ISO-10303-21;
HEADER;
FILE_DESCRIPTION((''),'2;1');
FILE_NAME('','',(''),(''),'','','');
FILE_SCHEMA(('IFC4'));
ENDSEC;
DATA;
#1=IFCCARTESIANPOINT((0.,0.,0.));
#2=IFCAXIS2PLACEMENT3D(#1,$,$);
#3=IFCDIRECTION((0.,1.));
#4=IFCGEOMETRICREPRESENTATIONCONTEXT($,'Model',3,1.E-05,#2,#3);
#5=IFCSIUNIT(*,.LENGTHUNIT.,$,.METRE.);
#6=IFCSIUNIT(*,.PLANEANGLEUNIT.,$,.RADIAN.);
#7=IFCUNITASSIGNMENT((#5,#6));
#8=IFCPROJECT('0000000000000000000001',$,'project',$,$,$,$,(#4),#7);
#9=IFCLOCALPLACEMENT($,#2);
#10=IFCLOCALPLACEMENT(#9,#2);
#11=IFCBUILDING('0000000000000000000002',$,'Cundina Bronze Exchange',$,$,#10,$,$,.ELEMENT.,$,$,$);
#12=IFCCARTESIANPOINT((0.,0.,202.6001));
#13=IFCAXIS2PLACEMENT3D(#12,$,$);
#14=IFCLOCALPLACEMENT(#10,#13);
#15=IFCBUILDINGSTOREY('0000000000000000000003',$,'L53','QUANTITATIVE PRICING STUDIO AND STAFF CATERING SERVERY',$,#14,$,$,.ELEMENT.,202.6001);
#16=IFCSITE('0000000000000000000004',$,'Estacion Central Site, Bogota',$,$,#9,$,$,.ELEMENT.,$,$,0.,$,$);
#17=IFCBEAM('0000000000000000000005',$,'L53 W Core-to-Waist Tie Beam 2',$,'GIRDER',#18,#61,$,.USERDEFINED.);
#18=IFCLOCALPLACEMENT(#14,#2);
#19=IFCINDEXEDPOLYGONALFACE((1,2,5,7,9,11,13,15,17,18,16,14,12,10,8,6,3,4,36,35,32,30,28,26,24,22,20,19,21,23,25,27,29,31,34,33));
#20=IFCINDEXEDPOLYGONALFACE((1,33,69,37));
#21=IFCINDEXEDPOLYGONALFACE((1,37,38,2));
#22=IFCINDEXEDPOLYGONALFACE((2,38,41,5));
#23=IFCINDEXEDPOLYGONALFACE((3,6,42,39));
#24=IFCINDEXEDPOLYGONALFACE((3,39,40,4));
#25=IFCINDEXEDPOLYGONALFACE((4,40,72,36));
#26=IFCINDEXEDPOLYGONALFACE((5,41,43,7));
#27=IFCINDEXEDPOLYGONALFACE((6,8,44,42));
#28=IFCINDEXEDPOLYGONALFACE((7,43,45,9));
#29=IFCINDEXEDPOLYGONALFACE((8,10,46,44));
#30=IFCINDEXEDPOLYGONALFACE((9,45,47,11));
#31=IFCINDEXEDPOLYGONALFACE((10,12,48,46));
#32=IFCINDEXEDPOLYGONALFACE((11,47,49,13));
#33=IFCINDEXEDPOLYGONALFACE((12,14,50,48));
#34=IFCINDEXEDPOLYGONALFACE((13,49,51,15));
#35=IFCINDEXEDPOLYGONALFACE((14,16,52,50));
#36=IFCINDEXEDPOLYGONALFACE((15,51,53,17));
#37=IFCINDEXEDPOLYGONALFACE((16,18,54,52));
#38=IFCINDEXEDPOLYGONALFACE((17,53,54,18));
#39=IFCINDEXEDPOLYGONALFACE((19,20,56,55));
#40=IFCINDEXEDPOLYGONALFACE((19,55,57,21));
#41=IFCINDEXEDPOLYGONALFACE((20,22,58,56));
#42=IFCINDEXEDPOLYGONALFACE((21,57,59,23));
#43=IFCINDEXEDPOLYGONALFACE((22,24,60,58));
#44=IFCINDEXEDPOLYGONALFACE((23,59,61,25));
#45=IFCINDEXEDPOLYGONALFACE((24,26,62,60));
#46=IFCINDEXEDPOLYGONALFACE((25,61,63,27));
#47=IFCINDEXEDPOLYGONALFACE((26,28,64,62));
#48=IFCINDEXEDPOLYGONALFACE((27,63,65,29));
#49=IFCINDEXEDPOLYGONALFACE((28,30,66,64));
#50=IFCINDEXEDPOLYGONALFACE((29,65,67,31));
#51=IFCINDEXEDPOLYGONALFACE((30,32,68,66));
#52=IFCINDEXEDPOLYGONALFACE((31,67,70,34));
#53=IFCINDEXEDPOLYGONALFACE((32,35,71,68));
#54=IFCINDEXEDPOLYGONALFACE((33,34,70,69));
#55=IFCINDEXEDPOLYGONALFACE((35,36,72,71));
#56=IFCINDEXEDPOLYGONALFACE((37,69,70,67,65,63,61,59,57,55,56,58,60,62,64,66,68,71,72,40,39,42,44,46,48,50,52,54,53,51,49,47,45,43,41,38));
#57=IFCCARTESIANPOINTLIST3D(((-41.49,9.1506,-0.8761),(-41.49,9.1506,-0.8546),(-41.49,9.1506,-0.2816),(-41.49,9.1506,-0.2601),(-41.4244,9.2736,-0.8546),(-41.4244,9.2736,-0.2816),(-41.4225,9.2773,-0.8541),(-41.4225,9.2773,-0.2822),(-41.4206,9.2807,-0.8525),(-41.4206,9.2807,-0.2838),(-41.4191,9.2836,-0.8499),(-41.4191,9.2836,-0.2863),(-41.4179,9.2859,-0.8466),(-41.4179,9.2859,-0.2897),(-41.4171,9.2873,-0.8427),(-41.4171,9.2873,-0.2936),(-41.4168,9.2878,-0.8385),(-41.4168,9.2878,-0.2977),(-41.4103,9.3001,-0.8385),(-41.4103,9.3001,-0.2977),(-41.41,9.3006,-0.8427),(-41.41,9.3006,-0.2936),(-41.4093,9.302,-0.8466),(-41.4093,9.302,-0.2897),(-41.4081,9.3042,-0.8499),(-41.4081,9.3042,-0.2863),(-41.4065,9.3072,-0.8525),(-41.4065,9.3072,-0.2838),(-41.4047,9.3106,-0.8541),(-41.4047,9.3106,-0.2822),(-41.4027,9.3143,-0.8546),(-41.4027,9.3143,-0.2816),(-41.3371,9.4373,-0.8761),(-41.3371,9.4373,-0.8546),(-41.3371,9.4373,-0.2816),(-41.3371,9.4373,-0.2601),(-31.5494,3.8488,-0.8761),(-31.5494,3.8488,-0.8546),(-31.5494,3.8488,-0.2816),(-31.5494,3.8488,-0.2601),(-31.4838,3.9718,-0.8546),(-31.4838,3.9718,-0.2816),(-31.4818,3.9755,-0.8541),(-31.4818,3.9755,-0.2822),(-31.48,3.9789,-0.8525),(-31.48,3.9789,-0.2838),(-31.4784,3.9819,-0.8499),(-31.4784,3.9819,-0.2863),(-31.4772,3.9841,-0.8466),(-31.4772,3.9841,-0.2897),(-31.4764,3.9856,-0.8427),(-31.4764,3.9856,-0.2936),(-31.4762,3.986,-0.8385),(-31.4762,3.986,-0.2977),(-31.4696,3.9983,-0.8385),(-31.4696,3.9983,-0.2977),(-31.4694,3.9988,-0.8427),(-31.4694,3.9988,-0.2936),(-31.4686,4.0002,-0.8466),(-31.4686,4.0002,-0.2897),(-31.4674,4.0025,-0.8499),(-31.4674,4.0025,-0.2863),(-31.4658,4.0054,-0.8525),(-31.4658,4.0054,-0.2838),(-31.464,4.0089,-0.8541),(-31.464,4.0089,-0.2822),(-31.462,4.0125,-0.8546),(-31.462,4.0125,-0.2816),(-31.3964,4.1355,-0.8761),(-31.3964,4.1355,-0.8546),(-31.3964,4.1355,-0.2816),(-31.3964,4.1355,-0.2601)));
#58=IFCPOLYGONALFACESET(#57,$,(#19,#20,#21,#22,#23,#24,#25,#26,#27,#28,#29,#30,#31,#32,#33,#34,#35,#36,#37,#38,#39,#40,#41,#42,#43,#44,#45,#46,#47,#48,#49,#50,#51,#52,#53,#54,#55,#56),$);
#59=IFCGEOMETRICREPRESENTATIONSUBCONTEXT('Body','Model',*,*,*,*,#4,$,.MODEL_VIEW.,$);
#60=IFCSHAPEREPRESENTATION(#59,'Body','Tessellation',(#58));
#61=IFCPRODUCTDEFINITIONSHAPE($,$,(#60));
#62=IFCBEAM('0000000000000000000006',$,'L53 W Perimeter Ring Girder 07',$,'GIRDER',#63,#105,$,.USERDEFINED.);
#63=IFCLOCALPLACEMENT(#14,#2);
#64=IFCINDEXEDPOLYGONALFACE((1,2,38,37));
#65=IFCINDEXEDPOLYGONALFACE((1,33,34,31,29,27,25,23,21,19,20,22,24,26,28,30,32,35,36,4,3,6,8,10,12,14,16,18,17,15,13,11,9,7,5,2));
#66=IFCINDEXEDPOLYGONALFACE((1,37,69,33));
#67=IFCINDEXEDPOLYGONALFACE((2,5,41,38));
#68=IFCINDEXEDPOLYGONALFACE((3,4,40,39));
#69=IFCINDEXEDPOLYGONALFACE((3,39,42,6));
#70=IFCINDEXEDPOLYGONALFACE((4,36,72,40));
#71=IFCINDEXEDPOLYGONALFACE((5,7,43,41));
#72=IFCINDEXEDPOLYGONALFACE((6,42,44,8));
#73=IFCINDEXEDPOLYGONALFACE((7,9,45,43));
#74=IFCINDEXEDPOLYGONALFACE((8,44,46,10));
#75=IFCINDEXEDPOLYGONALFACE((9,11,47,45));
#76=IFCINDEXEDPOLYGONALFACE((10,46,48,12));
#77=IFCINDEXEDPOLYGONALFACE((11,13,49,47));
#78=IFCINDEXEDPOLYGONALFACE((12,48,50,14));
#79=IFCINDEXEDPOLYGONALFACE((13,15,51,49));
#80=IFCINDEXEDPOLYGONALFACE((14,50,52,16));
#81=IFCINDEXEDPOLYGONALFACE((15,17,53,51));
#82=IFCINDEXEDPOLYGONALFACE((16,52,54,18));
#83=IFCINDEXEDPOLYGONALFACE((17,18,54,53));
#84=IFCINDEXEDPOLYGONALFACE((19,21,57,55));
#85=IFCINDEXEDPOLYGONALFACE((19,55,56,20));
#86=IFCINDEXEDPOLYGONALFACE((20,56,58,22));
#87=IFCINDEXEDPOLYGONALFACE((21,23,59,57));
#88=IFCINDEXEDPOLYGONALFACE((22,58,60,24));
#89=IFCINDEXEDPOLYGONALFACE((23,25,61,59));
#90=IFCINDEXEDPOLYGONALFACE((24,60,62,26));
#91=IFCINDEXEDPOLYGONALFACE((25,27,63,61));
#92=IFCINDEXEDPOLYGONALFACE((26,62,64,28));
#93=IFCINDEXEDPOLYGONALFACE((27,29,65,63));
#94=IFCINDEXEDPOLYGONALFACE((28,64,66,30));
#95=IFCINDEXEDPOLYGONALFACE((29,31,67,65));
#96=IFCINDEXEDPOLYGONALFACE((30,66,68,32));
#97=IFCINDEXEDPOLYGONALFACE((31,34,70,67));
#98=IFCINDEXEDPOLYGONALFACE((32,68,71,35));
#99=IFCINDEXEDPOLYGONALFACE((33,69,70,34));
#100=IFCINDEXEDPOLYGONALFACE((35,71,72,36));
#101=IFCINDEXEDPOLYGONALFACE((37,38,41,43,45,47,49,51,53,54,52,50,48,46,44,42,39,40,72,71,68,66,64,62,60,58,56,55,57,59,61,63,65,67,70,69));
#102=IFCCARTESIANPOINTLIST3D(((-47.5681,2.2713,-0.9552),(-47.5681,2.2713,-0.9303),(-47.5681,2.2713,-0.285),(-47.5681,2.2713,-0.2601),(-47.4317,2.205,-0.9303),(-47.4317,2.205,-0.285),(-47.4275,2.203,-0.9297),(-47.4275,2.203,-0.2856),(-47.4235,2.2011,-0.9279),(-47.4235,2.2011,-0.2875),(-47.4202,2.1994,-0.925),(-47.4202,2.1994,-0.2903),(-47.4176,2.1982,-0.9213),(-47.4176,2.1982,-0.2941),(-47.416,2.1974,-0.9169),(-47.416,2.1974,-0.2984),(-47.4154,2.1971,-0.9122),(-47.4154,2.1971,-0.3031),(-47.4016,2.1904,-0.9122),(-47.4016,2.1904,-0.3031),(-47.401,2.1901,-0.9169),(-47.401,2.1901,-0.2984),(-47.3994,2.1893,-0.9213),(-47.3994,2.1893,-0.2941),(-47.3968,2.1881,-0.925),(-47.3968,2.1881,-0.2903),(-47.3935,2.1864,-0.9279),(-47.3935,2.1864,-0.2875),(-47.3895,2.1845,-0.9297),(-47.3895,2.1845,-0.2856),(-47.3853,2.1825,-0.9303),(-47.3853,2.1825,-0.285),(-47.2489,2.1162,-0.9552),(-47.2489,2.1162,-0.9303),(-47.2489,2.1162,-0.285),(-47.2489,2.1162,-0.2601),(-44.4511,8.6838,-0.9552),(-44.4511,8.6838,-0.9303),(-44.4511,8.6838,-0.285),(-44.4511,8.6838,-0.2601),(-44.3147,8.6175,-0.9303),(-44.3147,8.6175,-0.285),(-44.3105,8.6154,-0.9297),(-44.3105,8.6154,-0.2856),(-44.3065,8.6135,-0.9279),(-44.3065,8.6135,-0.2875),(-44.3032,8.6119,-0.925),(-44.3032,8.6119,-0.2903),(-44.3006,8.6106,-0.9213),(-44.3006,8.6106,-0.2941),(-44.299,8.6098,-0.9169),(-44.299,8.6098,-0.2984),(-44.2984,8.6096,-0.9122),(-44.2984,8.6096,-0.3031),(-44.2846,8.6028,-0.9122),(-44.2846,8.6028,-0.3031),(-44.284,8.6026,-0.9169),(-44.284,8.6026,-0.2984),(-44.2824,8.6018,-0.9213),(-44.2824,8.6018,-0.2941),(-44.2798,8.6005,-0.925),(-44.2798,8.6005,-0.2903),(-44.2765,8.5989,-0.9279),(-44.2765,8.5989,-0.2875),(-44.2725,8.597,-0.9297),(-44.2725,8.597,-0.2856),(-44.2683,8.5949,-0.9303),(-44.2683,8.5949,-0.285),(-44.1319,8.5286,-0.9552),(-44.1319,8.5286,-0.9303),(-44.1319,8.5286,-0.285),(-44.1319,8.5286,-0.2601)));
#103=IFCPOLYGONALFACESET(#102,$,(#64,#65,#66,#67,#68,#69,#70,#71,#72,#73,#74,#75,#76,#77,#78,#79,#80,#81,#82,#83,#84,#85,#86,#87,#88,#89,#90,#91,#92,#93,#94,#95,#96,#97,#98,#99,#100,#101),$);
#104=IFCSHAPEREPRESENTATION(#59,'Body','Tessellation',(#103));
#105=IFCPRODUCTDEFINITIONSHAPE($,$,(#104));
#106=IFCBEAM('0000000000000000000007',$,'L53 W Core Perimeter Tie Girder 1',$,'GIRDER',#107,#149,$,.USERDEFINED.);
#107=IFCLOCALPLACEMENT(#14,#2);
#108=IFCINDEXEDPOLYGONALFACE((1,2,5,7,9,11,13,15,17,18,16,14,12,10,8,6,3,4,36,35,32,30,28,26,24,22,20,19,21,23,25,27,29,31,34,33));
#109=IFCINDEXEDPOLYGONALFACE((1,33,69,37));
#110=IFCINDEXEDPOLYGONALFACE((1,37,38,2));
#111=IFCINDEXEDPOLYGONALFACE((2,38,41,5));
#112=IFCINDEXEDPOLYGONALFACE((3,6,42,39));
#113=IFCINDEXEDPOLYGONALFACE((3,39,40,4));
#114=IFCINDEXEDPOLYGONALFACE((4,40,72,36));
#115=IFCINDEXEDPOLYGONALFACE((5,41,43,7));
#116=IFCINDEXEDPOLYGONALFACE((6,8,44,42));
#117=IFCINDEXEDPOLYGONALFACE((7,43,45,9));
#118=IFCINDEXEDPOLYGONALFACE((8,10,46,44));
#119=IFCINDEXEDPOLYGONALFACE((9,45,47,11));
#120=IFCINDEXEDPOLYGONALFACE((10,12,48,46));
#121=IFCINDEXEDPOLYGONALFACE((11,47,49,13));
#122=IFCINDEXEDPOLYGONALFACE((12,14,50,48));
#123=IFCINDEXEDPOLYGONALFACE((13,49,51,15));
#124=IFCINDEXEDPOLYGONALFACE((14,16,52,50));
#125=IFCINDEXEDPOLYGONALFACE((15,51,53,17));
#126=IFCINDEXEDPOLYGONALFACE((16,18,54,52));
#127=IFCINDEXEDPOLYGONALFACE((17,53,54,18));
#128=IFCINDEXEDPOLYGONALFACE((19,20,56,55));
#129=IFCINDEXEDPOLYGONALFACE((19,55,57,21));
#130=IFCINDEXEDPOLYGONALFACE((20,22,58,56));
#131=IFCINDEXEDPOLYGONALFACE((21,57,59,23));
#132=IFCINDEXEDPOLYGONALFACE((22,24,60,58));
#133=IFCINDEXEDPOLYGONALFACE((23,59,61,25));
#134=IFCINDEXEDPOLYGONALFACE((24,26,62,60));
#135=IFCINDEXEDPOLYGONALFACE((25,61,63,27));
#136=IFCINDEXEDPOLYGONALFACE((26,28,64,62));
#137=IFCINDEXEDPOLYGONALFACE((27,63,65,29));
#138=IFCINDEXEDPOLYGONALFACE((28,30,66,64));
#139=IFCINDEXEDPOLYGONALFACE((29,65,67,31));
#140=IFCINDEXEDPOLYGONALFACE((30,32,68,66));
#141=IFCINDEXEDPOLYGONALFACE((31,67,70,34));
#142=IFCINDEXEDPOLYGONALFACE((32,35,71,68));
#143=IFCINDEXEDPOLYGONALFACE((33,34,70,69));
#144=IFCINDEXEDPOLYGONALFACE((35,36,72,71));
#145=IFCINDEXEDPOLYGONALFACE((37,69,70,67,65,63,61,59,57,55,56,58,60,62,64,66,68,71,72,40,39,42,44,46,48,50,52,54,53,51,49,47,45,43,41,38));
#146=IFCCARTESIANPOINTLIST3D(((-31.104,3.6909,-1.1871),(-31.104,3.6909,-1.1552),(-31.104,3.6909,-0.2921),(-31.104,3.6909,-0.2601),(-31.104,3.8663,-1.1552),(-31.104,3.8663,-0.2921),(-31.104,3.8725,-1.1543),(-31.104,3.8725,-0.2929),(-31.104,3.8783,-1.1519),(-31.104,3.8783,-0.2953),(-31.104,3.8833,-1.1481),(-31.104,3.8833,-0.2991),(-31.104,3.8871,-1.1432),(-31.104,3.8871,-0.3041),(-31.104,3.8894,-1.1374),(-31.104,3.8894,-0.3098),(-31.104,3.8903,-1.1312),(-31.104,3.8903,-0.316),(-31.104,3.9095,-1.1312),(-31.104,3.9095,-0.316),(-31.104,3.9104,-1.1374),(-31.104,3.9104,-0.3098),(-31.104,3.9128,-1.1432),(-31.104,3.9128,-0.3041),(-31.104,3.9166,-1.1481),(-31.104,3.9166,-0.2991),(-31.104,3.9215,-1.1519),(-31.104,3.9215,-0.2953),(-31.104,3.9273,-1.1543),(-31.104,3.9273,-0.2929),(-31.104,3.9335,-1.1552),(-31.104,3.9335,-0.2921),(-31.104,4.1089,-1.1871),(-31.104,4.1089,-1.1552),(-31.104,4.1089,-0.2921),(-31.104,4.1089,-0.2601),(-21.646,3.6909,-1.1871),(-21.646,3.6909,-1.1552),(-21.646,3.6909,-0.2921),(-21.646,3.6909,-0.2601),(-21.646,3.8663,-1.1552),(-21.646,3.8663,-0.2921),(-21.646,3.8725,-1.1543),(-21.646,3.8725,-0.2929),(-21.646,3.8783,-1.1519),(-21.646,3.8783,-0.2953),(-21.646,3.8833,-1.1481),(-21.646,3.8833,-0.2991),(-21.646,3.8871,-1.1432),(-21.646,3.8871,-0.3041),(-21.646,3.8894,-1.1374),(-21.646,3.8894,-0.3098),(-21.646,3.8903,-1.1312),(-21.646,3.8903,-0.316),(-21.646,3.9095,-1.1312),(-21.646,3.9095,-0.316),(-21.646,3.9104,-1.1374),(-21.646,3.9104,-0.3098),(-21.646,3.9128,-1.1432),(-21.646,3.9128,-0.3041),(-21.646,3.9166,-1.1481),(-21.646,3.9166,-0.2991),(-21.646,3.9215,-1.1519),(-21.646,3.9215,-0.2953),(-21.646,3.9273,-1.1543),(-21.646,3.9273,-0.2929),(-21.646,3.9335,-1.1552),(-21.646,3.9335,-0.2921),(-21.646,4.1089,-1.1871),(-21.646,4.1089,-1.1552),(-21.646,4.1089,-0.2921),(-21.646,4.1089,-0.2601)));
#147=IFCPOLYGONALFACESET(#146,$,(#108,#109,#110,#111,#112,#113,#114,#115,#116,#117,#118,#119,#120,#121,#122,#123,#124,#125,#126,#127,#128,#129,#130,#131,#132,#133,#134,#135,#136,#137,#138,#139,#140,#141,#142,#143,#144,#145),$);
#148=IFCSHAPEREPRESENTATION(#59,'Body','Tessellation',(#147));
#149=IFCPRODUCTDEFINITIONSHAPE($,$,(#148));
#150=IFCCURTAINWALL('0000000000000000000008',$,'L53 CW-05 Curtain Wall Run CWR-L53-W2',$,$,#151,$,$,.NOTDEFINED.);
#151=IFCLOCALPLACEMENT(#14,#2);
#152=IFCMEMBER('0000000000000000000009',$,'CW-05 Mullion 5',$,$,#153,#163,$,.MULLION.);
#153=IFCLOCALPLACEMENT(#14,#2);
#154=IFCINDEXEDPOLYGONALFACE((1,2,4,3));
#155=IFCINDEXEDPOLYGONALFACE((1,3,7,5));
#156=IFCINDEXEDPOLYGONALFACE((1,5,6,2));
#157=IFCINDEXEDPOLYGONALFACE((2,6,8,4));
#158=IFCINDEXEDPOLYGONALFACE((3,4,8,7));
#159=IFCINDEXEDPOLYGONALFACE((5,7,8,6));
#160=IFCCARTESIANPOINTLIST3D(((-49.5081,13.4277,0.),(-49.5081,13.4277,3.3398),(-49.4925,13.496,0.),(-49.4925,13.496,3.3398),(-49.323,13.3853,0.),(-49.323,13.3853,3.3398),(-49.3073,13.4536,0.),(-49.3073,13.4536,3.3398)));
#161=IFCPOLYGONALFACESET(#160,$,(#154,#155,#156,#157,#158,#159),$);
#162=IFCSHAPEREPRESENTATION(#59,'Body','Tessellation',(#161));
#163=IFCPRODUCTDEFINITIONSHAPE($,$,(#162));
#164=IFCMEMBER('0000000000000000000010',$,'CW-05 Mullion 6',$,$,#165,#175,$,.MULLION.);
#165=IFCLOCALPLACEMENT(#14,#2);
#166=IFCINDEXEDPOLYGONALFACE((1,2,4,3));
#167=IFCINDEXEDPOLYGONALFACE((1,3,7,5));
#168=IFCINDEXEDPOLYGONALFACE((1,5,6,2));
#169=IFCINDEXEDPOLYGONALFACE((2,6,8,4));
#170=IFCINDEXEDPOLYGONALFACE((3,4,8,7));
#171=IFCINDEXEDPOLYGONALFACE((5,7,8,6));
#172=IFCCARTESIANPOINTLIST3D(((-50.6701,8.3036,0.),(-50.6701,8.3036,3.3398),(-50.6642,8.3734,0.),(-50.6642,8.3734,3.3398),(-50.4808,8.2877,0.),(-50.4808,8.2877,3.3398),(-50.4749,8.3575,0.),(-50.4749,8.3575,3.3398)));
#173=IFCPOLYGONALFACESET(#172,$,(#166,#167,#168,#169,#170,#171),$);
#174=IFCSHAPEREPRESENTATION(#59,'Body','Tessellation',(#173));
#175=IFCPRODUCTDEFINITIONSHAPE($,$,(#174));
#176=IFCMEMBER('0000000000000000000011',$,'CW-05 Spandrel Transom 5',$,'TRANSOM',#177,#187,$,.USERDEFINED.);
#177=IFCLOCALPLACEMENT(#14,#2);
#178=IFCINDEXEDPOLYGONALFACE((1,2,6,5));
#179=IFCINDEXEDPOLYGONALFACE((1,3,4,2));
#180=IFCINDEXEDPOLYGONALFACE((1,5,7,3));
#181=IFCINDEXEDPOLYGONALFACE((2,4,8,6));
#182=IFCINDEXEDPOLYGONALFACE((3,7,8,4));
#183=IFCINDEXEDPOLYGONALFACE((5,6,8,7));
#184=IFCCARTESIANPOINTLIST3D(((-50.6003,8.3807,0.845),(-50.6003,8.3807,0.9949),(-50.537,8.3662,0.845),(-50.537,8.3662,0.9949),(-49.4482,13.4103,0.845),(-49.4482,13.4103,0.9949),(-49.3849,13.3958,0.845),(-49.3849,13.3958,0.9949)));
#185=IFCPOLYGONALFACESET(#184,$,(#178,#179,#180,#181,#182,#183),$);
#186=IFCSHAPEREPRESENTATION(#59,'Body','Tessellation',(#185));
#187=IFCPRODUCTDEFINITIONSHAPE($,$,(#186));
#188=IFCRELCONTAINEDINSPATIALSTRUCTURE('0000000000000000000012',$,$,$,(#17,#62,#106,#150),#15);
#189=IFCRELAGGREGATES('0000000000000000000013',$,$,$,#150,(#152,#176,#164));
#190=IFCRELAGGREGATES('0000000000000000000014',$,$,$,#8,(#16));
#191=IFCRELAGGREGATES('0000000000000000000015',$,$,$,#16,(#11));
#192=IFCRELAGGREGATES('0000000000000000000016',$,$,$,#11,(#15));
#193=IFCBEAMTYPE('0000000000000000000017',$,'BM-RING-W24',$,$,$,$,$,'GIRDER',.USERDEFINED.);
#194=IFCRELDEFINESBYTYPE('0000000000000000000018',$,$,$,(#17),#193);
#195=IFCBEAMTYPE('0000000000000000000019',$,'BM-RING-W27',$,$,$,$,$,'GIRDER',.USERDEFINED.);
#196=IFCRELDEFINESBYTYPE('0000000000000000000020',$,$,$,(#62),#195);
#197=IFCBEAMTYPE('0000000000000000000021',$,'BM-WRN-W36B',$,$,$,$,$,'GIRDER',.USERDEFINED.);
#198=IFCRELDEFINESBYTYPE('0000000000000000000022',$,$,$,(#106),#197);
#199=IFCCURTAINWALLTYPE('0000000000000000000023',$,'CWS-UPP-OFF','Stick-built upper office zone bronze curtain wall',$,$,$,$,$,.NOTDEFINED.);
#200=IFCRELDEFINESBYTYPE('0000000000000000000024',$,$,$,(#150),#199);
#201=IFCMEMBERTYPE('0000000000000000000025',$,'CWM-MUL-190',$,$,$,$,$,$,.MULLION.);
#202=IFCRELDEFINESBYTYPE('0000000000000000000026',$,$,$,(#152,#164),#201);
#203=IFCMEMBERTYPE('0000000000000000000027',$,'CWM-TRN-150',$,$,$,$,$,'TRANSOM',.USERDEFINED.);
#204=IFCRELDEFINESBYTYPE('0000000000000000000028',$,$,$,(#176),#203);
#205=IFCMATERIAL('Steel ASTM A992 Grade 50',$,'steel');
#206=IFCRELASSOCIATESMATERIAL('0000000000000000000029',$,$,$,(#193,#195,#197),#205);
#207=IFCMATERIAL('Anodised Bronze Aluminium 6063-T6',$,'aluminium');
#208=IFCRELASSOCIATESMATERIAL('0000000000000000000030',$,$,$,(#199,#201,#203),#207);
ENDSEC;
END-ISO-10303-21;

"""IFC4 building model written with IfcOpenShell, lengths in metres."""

from ifc_helpers import new_model, si_unit, direction, frame, origin, origin_2d, place, context, subcontext, project, spatial, rectangle, i_section, extrude, material, material_profile, profile_set, type_object, element, aggregate, save


model = new_model("IFC4")

# Units and contexts
model_context = context("Model", 3, precision=1e-05, world=origin(), true_north=direction((0.0, 1.0)))
body_context = subcontext(model_context, "Body", "Model", "MODEL_VIEW")
ifc_project = project(units=[si_unit("LENGTHUNIT", "METRE"), si_unit("PLANEANGLEUNIT", "RADIAN")], contexts=[model_context])

# Site, building, storey
site_placement = place(None, origin())
site = spatial("IfcSite", under=ifc_project, at=site_placement, Name="Estacion Central Site, Bogota", CompositionType="ELEMENT", RefElevation=0.0)
building_placement = place(site_placement, origin())
building = spatial("IfcBuilding", under=site, at=building_placement, Name="Cundina Bronze Exchange", CompositionType="ELEMENT")
storey_placement = place(building_placement, frame((0.0, 0.0, 202.6001)))
storey = spatial("IfcBuildingStorey", under=building, at=storey_placement, Name="L53", Description="QUANTITATIVE PRICING STUDIO AND STAFF CATERING SERVERY", CompositionType="ELEMENT", Elevation=202.6001)

# Shared definitions
ifc_material_1 = material(Name="Steel ASTM A992 Grade 50", Category="steel")

# Beams
ifc_material_profile_1 = material_profile(ifc_material_1, i_section(OverallWidth=0.325, OverallDepth=0.616, WebThickness=0.0139, FlangeThickness=0.0215, FilletRadius=0.0161, at=origin_2d()), Name="W24X117", Category="steel")
ifc_profile_set_1 = profile_set([ifc_material_profile_1], Name="Steel ASTM A992 Grade 50")
beam_type_1 = type_object("IfcBeamType", Name="BM-RING-W24", ElementType="GIRDER", PredefinedType="USERDEFINED", material=ifc_profile_set_1)
beam_1_placement = place(storey_placement, frame((-31.4729, 3.9922, -0.5681), z_axis=(-0.882351, 0.470593, 0.0), x_axis=(-0.470593, -0.882351, 0.0)))
element("IfcBeam", 1, at=beam_1_placement, inside=storey, type_object=beam_type_1, Name="L53 W Core-to-Waist Tie Beam 2", ObjectType="GIRDER", PredefinedType="USERDEFINED", context=body_context, shape_type="SweptSolid", body=[
    extrude(i_section(OverallWidth=0.325, OverallDepth=0.616, WebThickness=0.0139, FlangeThickness=0.0215, FilletRadius=0.0161, at=origin_2d()), origin(), (0.0, 0.0, 1.0), 11.2661),
])
ifc_material_profile_2 = material_profile(ifc_material_1, i_section(OverallWidth=0.355, OverallDepth=0.6951, WebThickness=0.0154, FlangeThickness=0.0249, FilletRadius=0.0181, at=origin_2d()), Name="W27X146", Category="steel")
ifc_profile_set_2 = profile_set([ifc_material_profile_2], Name="Steel ASTM A992 Grade 50")
beam_type_2 = type_object("IfcBeamType", Name="BM-RING-W27", ElementType="GIRDER", PredefinedType="USERDEFINED", material=ifc_profile_set_2)
beam_2_placement = place(storey_placement, frame((-44.2915, 8.6062, -0.6077), z_axis=(-0.437173, -0.899377, 0.0), x_axis=(0.899377, -0.437173, 0.0)))
element("IfcBeam", 2, at=beam_2_placement, inside=storey, type_object=beam_type_2, Name="L53 W Perimeter Ring Girder 07", ObjectType="GIRDER", PredefinedType="USERDEFINED", context=body_context, shape_type="SweptSolid", body=[
    extrude(i_section(OverallWidth=0.355, OverallDepth=0.6951, WebThickness=0.0154, FlangeThickness=0.0249, FilletRadius=0.0181, at=origin_2d()), origin(), (0.0, 0.0, 1.0), 7.1299),
])
ifc_material_profile_3 = material_profile(ifc_material_1, i_section(OverallWidth=0.418, OverallDepth=0.927, WebThickness=0.0193, FlangeThickness=0.032, FilletRadius=0.0239, at=origin_2d()), Name="W36X231", Category="steel")
ifc_profile_set_3 = profile_set([ifc_material_profile_3], Name="Steel ASTM A992 Grade 50")
beam_type_3 = type_object("IfcBeamType", Name="BM-WRN-W36B", ElementType="GIRDER", PredefinedType="USERDEFINED", material=ifc_profile_set_3)
beam_3_placement = place(storey_placement, frame((-31.104, 3.8999, -0.7236), z_axis=(1.0, 0.0, 0.0), x_axis=(0.0, 1.0, 0.0)))
element("IfcBeam", 3, at=beam_3_placement, inside=storey, type_object=beam_type_3, Name="L53 W Core Perimeter Tie Girder 1", ObjectType="GIRDER", PredefinedType="USERDEFINED", context=body_context, shape_type="SweptSolid", body=[
    extrude(i_section(OverallWidth=0.418, OverallDepth=0.927, WebThickness=0.0193, FlangeThickness=0.032, FilletRadius=0.0239, at=origin_2d()), origin(), (0.0, 0.0, 1.0), 9.458),
])

# Curtain wall, members
ifc_material_2 = material(Name="Anodised Bronze Aluminium 6063-T6", Category="aluminium")
curtain_wall_type = type_object("IfcCurtainWallType", Name="CWS-UPP-OFF", Description="Stick-built upper office zone bronze curtain wall", PredefinedType="NOTDEFINED", material=ifc_material_2)
curtain_wall_placement = place(storey_placement, origin())
curtain_wall = element("IfcCurtainWall", 4, at=curtain_wall_placement, inside=storey, type_object=curtain_wall_type, Name="L53 CW-05 Curtain Wall Run CWR-L53-W2", PredefinedType="NOTDEFINED")
ifc_material_profile_4 = material_profile(ifc_material_2, rectangle(XDim=0.0701, YDim=0.1899, at=origin_2d()), Name="AL70X190", Category="aluminium")
ifc_profile_set_4 = profile_set([ifc_material_profile_4], Name="Anodised Bronze Aluminium 6063-T6")
member_type_1 = type_object("IfcMemberType", Name="CWM-MUL-190", PredefinedType="MULLION", material=ifc_profile_set_4)
member_1_placement = place(storey_placement, frame((-49.4077, 13.4407, 0.0), z_axis=(0.0, 0.0, 1.0), x_axis=(-0.22325, -0.974761, 0.0)))
member_1 = element("IfcMember", 5, at=member_1_placement, type_object=member_type_1, Name="CW-05 Mullion 5", PredefinedType="MULLION", context=body_context, shape_type="SweptSolid", body=[
    extrude(rectangle(XDim=0.0701, YDim=0.1899, at=origin_2d()), origin(), (0.0, 0.0, 1.0), 3.3398),
])
member_2_placement = place(storey_placement, frame((-50.5725, 8.3306, 0.0), z_axis=(0.0, 0.0, 1.0), x_axis=(-0.083678, -0.996493, 0.0)))
member_2 = element("IfcMember", 6, at=member_2_placement, type_object=member_type_1, Name="CW-05 Mullion 6", PredefinedType="MULLION", context=body_context, shape_type="SweptSolid", body=[
    extrude(rectangle(XDim=0.0701, YDim=0.1899, at=origin_2d()), origin(), (0.0, 0.0, 1.0), 3.3398),
])
ifc_material_profile_5 = material_profile(ifc_material_2, rectangle(XDim=0.0649, YDim=0.1499, at=origin_2d()), Name="AL65X150", Category="aluminium")
ifc_profile_set_5 = profile_set([ifc_material_profile_5], Name="Anodised Bronze Aluminium 6063-T6")
member_type_2 = type_object("IfcMemberType", Name="CWM-TRN-150", ElementType="TRANSOM", PredefinedType="USERDEFINED", material=ifc_profile_set_5)
member_3_placement = place(storey_placement, frame((-49.4165, 13.4031, 0.9199), z_axis=(-0.223283, -0.974754, 0.0), x_axis=(0.974754, -0.223283, 0.0)))
member_3 = element("IfcMember", 7, at=member_3_placement, type_object=member_type_2, Name="CW-05 Spandrel Transom 5", ObjectType="TRANSOM", PredefinedType="USERDEFINED", context=body_context, shape_type="SweptSolid", body=[
    extrude(rectangle(XDim=0.0649, YDim=0.1499, at=origin_2d()), origin(), (0.0, 0.0, 1.0), 5.1599),
])
aggregate(curtain_wall, [member_1, member_3, member_2])

save(model, "model.ifc")
